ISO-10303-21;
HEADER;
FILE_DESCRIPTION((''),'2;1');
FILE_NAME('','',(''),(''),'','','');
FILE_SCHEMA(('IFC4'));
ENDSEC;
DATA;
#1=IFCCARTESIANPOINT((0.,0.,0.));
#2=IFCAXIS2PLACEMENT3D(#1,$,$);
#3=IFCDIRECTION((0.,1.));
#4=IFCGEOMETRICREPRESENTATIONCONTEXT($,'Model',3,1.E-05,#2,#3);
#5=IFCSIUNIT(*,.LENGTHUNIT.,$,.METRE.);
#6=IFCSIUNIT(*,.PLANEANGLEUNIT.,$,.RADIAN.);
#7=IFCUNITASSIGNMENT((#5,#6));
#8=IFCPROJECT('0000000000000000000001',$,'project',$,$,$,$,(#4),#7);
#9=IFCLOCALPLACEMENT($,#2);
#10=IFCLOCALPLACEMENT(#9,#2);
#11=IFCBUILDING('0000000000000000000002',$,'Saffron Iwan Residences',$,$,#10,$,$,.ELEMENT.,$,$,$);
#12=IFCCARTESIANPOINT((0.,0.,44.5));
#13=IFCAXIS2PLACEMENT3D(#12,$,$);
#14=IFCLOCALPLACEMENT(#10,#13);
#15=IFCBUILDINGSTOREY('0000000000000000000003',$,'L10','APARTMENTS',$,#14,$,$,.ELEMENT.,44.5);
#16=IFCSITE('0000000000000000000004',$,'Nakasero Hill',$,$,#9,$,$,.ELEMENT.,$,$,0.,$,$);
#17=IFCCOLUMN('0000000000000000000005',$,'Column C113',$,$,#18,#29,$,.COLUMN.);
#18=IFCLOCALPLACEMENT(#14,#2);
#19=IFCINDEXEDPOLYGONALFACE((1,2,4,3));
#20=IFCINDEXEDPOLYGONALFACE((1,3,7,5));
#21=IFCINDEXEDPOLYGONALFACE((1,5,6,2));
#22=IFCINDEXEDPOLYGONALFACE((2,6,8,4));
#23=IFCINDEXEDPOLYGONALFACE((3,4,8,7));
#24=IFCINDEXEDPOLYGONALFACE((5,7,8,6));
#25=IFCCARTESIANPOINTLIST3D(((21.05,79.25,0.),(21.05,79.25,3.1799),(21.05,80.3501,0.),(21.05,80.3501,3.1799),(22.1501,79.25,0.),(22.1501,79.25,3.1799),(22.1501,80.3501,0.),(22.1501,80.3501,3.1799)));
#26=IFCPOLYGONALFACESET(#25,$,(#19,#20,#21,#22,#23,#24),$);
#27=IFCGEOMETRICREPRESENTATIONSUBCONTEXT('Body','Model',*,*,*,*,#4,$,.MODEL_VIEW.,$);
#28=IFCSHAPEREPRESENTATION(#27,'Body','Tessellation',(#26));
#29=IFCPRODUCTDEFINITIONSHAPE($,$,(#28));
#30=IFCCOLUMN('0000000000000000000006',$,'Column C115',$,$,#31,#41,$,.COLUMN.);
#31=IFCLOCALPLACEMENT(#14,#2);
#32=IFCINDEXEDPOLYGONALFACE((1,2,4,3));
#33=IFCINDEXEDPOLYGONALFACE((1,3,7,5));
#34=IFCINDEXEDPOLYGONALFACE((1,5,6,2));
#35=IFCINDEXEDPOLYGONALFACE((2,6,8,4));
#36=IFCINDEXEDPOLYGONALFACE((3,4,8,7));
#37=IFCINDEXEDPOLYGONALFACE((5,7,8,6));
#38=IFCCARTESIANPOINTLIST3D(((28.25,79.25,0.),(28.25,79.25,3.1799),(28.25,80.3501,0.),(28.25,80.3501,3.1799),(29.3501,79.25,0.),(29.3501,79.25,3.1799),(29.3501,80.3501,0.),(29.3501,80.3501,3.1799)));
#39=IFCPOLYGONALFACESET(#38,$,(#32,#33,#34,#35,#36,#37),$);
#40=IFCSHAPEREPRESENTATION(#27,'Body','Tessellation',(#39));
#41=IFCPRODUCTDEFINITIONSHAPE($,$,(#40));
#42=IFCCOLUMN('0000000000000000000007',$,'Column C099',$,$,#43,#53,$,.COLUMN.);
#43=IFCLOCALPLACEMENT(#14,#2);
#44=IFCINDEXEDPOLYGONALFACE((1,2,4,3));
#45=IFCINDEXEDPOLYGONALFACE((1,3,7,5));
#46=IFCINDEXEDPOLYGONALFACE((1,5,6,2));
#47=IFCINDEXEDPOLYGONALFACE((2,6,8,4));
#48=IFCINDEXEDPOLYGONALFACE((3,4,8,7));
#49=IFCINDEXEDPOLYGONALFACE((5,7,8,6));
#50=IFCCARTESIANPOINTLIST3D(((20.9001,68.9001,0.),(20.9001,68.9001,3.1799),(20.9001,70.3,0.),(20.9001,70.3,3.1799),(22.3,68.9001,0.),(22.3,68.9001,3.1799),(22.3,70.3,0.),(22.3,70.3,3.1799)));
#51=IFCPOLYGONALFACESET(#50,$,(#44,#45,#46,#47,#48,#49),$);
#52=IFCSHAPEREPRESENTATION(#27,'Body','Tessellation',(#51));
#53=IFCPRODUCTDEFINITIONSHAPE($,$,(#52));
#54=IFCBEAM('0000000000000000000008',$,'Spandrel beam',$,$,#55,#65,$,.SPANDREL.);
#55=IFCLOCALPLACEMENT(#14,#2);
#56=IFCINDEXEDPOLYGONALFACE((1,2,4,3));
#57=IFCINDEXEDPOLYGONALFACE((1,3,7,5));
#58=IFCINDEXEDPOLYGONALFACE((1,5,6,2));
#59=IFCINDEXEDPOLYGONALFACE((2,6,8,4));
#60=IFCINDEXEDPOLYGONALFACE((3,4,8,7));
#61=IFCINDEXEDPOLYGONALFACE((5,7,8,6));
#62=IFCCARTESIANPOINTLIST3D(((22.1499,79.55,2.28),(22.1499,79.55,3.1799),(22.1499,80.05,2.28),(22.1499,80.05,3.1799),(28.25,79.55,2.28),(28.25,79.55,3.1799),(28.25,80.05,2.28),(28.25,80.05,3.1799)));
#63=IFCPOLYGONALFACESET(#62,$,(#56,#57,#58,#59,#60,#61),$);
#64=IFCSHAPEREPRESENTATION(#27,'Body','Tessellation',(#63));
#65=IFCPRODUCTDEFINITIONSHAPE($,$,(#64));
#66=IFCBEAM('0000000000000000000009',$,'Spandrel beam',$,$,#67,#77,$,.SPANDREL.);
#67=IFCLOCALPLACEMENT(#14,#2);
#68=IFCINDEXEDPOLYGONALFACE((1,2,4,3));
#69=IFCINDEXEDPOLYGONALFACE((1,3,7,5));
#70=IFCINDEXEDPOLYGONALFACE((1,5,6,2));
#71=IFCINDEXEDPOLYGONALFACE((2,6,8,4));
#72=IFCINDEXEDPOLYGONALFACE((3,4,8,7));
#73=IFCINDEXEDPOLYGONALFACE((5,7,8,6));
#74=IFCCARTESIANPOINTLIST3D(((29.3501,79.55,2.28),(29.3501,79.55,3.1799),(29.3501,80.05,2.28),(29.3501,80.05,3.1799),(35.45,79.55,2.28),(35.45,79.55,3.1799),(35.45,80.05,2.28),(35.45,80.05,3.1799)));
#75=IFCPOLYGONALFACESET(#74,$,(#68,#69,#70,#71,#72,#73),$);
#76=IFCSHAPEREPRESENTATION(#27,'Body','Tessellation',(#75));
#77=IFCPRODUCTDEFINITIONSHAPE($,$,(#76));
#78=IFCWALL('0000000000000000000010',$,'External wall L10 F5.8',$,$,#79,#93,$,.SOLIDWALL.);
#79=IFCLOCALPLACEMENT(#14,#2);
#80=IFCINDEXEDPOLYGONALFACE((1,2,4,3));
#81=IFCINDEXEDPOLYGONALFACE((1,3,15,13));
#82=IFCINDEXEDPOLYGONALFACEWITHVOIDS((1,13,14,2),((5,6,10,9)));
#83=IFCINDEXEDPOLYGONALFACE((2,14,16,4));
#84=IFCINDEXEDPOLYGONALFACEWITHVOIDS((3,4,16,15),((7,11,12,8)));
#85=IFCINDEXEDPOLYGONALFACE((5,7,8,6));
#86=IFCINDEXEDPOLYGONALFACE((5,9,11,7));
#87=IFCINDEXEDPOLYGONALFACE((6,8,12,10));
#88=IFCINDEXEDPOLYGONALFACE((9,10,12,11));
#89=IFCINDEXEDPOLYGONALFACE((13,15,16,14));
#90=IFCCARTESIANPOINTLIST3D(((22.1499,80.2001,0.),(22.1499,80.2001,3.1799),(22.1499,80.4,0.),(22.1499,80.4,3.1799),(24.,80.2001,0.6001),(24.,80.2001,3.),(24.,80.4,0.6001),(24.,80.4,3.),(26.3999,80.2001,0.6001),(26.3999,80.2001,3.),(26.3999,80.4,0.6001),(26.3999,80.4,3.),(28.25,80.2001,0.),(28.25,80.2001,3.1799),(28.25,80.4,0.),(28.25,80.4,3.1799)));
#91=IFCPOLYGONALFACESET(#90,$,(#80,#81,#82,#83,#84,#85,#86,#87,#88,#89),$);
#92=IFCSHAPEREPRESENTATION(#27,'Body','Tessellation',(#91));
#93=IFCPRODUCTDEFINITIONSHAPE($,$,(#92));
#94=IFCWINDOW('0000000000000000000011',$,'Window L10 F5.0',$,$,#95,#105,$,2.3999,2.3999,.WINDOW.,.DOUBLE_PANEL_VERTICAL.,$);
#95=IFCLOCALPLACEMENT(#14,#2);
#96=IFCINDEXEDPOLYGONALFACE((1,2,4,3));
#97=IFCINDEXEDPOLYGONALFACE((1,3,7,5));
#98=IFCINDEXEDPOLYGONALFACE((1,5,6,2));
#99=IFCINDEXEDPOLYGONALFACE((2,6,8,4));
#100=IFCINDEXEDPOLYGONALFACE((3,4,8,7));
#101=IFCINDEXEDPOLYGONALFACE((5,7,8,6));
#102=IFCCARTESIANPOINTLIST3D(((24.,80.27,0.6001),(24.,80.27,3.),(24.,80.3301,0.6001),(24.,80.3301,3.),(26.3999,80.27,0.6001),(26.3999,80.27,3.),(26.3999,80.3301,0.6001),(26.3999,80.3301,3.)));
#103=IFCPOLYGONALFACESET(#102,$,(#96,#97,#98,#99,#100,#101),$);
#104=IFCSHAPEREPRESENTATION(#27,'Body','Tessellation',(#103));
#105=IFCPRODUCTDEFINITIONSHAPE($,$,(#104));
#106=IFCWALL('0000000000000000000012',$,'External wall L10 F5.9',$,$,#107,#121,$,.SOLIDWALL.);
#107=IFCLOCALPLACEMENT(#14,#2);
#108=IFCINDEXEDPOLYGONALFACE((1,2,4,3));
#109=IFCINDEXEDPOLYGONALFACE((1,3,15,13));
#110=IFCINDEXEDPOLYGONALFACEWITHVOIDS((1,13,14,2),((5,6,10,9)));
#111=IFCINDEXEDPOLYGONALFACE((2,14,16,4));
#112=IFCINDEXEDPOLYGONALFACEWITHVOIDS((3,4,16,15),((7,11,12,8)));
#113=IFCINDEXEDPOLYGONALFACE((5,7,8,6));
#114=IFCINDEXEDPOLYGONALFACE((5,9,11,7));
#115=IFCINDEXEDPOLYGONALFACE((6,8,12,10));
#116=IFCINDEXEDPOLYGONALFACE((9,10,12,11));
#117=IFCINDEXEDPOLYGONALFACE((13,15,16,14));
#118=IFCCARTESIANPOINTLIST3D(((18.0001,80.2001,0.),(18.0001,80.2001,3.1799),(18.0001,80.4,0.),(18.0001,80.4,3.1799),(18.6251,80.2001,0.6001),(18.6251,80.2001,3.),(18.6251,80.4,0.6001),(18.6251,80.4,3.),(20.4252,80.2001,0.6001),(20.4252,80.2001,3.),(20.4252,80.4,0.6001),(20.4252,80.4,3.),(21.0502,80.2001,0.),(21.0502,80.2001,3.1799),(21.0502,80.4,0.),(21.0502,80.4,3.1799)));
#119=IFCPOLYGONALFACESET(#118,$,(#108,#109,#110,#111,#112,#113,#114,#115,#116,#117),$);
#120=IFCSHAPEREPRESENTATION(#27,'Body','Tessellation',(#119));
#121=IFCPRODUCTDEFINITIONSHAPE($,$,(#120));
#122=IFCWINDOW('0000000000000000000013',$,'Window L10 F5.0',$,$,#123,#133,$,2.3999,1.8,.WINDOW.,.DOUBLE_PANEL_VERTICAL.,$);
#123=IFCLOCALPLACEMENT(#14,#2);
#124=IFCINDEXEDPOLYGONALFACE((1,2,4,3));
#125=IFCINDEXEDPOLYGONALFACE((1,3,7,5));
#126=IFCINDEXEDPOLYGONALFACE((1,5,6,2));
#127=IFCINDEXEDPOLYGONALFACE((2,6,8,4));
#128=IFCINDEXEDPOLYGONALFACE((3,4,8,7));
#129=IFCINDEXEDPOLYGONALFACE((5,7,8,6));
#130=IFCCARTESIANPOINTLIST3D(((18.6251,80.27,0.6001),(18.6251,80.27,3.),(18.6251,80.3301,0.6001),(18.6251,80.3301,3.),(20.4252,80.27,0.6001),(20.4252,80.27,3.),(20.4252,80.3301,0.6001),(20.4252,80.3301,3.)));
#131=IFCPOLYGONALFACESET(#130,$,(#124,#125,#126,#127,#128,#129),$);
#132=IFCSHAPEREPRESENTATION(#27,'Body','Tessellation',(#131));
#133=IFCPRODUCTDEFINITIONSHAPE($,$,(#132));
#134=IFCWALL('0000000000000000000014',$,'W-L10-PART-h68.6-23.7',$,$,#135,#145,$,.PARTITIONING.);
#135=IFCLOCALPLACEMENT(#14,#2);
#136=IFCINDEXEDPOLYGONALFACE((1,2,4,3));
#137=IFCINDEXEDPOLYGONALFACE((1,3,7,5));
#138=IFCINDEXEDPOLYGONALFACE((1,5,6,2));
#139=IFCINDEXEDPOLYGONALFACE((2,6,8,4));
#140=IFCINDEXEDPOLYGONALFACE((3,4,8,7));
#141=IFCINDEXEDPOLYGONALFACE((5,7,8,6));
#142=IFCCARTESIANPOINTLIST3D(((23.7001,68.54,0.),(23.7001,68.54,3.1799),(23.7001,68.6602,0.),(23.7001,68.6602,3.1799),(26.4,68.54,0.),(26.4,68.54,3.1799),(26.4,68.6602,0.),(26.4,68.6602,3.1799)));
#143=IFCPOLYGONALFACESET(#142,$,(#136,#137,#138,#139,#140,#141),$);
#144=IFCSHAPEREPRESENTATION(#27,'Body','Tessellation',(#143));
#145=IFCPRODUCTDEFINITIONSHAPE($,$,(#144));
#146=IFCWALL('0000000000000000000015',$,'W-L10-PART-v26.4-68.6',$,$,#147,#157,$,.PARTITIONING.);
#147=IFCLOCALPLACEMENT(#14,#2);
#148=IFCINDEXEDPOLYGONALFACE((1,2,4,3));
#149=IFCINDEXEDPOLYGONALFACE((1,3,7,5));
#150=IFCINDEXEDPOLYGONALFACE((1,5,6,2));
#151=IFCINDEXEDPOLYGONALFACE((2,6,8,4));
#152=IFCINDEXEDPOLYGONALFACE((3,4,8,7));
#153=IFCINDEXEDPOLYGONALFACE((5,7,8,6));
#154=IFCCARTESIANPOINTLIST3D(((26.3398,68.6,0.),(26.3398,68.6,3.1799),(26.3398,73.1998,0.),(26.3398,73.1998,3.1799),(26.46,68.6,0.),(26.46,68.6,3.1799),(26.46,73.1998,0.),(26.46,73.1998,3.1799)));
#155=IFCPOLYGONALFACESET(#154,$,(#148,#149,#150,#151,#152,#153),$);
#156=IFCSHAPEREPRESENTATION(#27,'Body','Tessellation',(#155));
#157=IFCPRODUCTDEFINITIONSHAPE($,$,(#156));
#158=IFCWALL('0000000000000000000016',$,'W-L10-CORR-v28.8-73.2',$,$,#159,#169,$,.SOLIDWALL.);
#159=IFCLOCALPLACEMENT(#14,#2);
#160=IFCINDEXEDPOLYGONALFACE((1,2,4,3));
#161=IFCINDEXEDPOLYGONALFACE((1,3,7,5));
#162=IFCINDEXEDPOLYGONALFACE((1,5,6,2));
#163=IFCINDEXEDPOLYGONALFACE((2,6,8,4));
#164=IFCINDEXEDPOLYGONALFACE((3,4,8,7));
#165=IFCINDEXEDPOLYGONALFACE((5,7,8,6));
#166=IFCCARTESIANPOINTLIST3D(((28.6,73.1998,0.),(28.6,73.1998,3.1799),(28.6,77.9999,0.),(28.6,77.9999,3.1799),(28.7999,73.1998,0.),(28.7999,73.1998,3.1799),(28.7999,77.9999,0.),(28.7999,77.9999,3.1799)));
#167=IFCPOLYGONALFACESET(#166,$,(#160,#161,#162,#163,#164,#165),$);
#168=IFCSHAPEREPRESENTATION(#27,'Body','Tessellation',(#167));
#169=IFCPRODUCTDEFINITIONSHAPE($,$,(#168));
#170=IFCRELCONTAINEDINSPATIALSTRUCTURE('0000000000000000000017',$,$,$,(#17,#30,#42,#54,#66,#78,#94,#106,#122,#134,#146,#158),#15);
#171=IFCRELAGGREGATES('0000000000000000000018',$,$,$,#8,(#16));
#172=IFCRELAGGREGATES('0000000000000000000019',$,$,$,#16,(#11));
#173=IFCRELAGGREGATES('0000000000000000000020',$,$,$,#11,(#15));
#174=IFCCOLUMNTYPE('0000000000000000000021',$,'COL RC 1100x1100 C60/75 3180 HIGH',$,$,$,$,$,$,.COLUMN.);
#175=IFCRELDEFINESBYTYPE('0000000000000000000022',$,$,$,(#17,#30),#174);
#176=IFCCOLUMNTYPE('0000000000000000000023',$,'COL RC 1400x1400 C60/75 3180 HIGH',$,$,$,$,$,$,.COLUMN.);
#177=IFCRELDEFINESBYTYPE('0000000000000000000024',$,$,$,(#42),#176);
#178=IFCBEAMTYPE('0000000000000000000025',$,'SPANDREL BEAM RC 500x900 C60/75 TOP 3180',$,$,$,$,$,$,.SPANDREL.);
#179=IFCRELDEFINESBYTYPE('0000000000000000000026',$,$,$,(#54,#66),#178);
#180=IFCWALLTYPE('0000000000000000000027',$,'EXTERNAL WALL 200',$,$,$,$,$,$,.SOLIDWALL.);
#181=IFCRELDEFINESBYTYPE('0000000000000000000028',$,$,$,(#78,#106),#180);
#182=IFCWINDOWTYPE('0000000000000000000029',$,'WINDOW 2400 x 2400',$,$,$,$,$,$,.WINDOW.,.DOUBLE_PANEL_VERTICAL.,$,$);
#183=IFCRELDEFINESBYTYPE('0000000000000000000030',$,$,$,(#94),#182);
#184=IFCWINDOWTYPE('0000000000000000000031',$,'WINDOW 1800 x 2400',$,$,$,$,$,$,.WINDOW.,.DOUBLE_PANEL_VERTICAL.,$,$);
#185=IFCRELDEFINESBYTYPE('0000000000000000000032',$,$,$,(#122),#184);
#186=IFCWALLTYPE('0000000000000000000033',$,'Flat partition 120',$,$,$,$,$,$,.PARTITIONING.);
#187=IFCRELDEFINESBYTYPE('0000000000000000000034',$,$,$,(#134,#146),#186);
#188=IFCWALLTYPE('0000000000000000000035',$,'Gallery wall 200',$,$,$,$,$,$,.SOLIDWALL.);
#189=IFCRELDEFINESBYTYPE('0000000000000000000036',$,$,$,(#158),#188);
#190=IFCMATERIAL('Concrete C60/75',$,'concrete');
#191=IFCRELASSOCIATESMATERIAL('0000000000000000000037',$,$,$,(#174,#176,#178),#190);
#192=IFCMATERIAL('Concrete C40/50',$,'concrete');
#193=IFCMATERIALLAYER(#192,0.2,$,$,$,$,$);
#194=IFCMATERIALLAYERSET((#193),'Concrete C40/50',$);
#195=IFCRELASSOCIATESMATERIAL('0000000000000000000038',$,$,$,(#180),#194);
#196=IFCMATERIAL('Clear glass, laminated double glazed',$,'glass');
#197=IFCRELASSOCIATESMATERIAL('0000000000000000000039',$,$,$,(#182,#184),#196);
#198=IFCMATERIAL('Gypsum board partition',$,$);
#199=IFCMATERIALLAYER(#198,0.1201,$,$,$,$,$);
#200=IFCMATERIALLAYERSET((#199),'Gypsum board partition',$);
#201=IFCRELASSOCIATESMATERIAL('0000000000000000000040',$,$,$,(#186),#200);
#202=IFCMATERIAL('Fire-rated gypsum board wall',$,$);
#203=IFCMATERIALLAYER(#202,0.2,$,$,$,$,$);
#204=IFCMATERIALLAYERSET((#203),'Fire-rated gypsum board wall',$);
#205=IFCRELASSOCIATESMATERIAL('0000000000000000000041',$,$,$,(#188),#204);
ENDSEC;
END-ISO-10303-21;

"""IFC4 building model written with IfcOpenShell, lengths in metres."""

from ifc_helpers import new_model, si_unit, direction, frame, frame_2d, origin, origin_2d, place, context, subcontext, project, spatial, rectangle, extrude, source, transform, mapped, material, layer, layer_set, material_profile, profile_set, type_object, element, fill, save


model = new_model("IFC4")

# Units and contexts
model_context = context("Model", 3, precision=1e-05, world=origin(), true_north=direction((0.0, 1.0)))
body_context = subcontext(model_context, "Body", "Model", "MODEL_VIEW")
ifc_project = project(units=[si_unit("LENGTHUNIT", "METRE"), si_unit("PLANEANGLEUNIT", "RADIAN")], contexts=[model_context])

# Site, building, storey
site_placement = place(None, origin())
site = spatial("IfcSite", under=ifc_project, at=site_placement, Name="Nakasero Hill", CompositionType="ELEMENT", RefElevation=0.0)
building_placement = place(site_placement, origin())
building = spatial("IfcBuilding", under=site, at=building_placement, Name="Saffron Iwan Residences", CompositionType="ELEMENT")
storey_placement = place(building_placement, frame((0.0, 0.0, 44.5)))
storey = spatial("IfcBuildingStorey", under=building, at=storey_placement, Name="L10", Description="APARTMENTS", CompositionType="ELEMENT", Elevation=44.5)

# Columns
ifc_material_1 = material(Name="Concrete C60/75", Category="concrete")
ifc_material_profile_1 = material_profile(ifc_material_1, rectangle(XDim=1.1001, YDim=1.1001, at=origin_2d()), Name="RC 1100x1100")
ifc_profile_set_1 = profile_set([ifc_material_profile_1], Name="Concrete C60/75")
column_type_1 = type_object("IfcColumnType", Name="COL RC 1100x1100 C60/75 3180 HIGH", PredefinedType="COLUMN", material=ifc_profile_set_1)
shared_shape_1 = source(origin(), body_context, "Body", "SweptSolid", [
    extrude(rectangle(XDim=1.1001, YDim=1.1001, at=origin_2d()), origin(), (0.0, 0.0, 1.0), 3.1799),
])
for number, where, z_axis, x_axis, name in (
    (1, (21.6001, 79.8, 0.0), (0.0, 0.0, 1.0), (1.0, 0.0, 0.0), "Column C113"),
    (2, (28.8, 79.8, 0.0), (0.0, 0.0, 1.0), (1.0, 0.0, 0.0), "Column C115"),
):
    element("IfcColumn", number, at=place(storey_placement, frame(where, z_axis=z_axis, x_axis=x_axis)), inside=storey, type_object=column_type_1, Name=name, PredefinedType="COLUMN", context=body_context, shape_type="MappedRepresentation", body=[
        mapped(shared_shape_1, transform((0.0, 0.0, 0.0))),
    ])
ifc_material_profile_2 = material_profile(ifc_material_1, rectangle(XDim=1.3999, YDim=1.3999, at=origin_2d()), Name="RC 1400x1400")
ifc_profile_set_2 = profile_set([ifc_material_profile_2], Name="Concrete C60/75")
column_type_2 = type_object("IfcColumnType", Name="COL RC 1400x1400 C60/75 3180 HIGH", PredefinedType="COLUMN", material=ifc_profile_set_2)
shared_shape_2 = source(origin(), body_context, "Body", "SweptSolid", [
    extrude(rectangle(XDim=1.3999, YDim=1.3999, at=origin_2d()), origin(), (0.0, 0.0, 1.0), 3.1799),
])
column_placement = place(storey_placement, frame((21.6001, 69.6001, 0.0), z_axis=(0.0, 0.0, 1.0), x_axis=(1.0, 0.0, 0.0)))
element("IfcColumn", 3, at=column_placement, inside=storey, type_object=column_type_2, Name="Column C099", PredefinedType="COLUMN", context=body_context, shape_type="MappedRepresentation", body=[
    mapped(shared_shape_2, transform((0.0, 0.0, 0.0))),
])

# Beams
ifc_material_profile_3 = material_profile(ifc_material_1, rectangle(XDim=0.5, YDim=0.8999, at=origin_2d()), Name="RC 500x900")
ifc_profile_set_3 = profile_set([ifc_material_profile_3], Name="Concrete C60/75")
beam_type = type_object("IfcBeamType", Name="SPANDREL BEAM RC 500x900 C60/75 TOP 3180", PredefinedType="SPANDREL", material=ifc_profile_set_3)
shared_shape_3 = source(origin(), body_context, "Body", "SweptSolid", [
    extrude(rectangle(XDim=0.5, YDim=0.8999, at=origin_2d()), origin(), (0.0, 0.0, 1.0), 6.1001),
])
beam_1_placement = place(storey_placement, frame((22.1499, 79.8, 2.73), z_axis=(1.0, 0.0, 0.0), x_axis=(0.0, 1.0, 0.0)))
element("IfcBeam", 4, at=beam_1_placement, inside=storey, type_object=beam_type, Name="Spandrel beam", PredefinedType="SPANDREL", context=body_context, shape_type="MappedRepresentation", body=[
    mapped(shared_shape_3, transform((0.0, 0.0, 0.0))),
])
shared_shape_4 = source(origin(), body_context, "Body", "SweptSolid", [
    extrude(rectangle(XDim=0.5, YDim=0.8999, at=origin_2d()), origin(), (0.0, 0.0, 1.0), 6.0999),
])
beam_2_placement = place(storey_placement, frame((29.3501, 79.8, 2.73), z_axis=(1.0, 0.0, 0.0), x_axis=(0.0, 1.0, 0.0)))
element("IfcBeam", 5, at=beam_2_placement, inside=storey, type_object=beam_type, Name="Spandrel beam", PredefinedType="SPANDREL", context=body_context, shape_type="MappedRepresentation", body=[
    mapped(shared_shape_4, transform((0.0, 0.0, 0.0))),
])

# Walls, openings, windows
ifc_material_2 = material(Name="Concrete C40/50", Category="concrete")
ifc_layer_1 = layer(ifc_material_2, 0.2)
ifc_layer_set_1 = layer_set([ifc_layer_1], Name="Concrete C40/50")
wall_type_1 = type_object("IfcWallType", Name="EXTERNAL WALL 200", PredefinedType="SOLIDWALL", material=ifc_layer_set_1)
wall_1_placement = place(storey_placement, frame((28.25, 80.3, 0.0), z_axis=(0.0, 0.0, 1.0), x_axis=(-1.0, 0.0, 0.0)))
wall_1 = element("IfcWall", 6, at=wall_1_placement, inside=storey, type_object=wall_type_1, Name="External wall L10 F5.8", PredefinedType="SOLIDWALL", context=body_context, shape_type="SweptSolid", body=[
    extrude(rectangle(XDim=6.1001, YDim=0.2, at=frame_2d((3.05, 0.0))), origin(), (0.0, 0.0, 1.0), 3.1799),
])
opening_1_placement = place(wall_1_placement, frame((1.8501, 0.0, 0.6001)))
opening_1 = element("IfcOpeningElement", 7, at=opening_1_placement, cuts=wall_1, PredefinedType="OPENING", context=body_context, shape_type="SweptSolid", body=[
    extrude(rectangle(XDim=2.3999, YDim=2.3999, at=frame_2d((1.2, 1.2))), frame((0.0, 0.1099, 0.0), z_axis=(0.0, -1.0, 0.0), x_axis=(1.0, 0.0, 0.0)), (0.0, 0.0, 1.0), 0.22),
])
ifc_material_3 = material(Name="Clear glass, laminated double glazed", Category="glass")
window_type_1 = type_object("IfcWindowType", Name="WINDOW 2400 x 2400", PartitioningType="DOUBLE_PANEL_VERTICAL", PredefinedType="WINDOW", material=ifc_material_3)
window_1_placement = place(opening_1_placement, origin())
window_1 = element("IfcWindow", 8, at=window_1_placement, inside=storey, type_object=window_type_1, Name="Window L10 F5.0", OverallHeight=2.3999, OverallWidth=2.3999, PartitioningType="DOUBLE_PANEL_VERTICAL", PredefinedType="WINDOW", context=body_context, shape_type="SweptSolid", body=[
    extrude(rectangle(XDim=2.3999, YDim=2.3999, at=frame_2d((1.2, 1.2))), frame((0.0, 0.03, 0.0), z_axis=(0.0, -1.0, 0.0), x_axis=(1.0, 0.0, 0.0)), (0.0, 0.0, 1.0), 0.0601),
])
fill(opening_1, window_1)
wall_2_placement = place(storey_placement, frame((21.05, 80.3, 0.0), z_axis=(0.0, 0.0, 1.0), x_axis=(-1.0, 0.0, 0.0)))
wall_2 = element("IfcWall", 9, at=wall_2_placement, inside=storey, type_object=wall_type_1, Name="External wall L10 F5.9", PredefinedType="SOLIDWALL", context=body_context, shape_type="SweptSolid", body=[
    extrude(rectangle(XDim=3.05, YDim=0.2, at=frame_2d((1.5249, 0.0))), origin(), (0.0, 0.0, 1.0), 3.1799),
])
opening_2_placement = place(wall_2_placement, frame((0.625, 0.0, 0.6001)))
opening_2 = element("IfcOpeningElement", 10, at=opening_2_placement, cuts=wall_2, PredefinedType="OPENING", context=body_context, shape_type="SweptSolid", body=[
    extrude(rectangle(XDim=1.8, YDim=2.3999, at=frame_2d((0.8999, 1.2))), frame((0.0, 0.1099, 0.0), z_axis=(0.0, -1.0, 0.0), x_axis=(1.0, 0.0, 0.0)), (0.0, 0.0, 1.0), 0.22),
])
window_type_2 = type_object("IfcWindowType", Name="WINDOW 1800 x 2400", PartitioningType="DOUBLE_PANEL_VERTICAL", PredefinedType="WINDOW", material=ifc_material_3)
window_2_placement = place(opening_2_placement, origin())
window_2 = element("IfcWindow", 11, at=window_2_placement, inside=storey, type_object=window_type_2, Name="Window L10 F5.0", OverallHeight=2.3999, OverallWidth=1.8, PartitioningType="DOUBLE_PANEL_VERTICAL", PredefinedType="WINDOW", context=body_context, shape_type="SweptSolid", body=[
    extrude(rectangle(XDim=1.8, YDim=2.3999, at=frame_2d((0.8999, 1.2))), frame((0.0, 0.03, 0.0), z_axis=(0.0, -1.0, 0.0), x_axis=(1.0, 0.0, 0.0)), (0.0, 0.0, 1.0), 0.0601),
])
fill(opening_2, window_2)

# Walls
ifc_material_4 = material(Name="Gypsum board partition")
ifc_layer_2 = layer(ifc_material_4, 0.1201)
ifc_layer_set_2 = layer_set([ifc_layer_2], Name="Gypsum board partition")
wall_type_2 = type_object("IfcWallType", Name="Flat partition 120", PredefinedType="PARTITIONING", material=ifc_layer_set_2)
wall_3_placement = place(storey_placement, frame((23.7, 68.6001, 0.0), z_axis=(0.0, 0.0, 1.0), x_axis=(1.0, 0.0, 0.0)))
element("IfcWall", 12, at=wall_3_placement, inside=storey, type_object=wall_type_2, Name="W-L10-PART-h68.6-23.7", PredefinedType="PARTITIONING", context=body_context, shape_type="SweptSolid", body=[
    extrude(rectangle(XDim=2.7, YDim=0.1201, at=frame_2d((1.3501, 0.0))), origin(), (0.0, 0.0, 1.0), 3.1799),
])
wall_4_placement = place(storey_placement, frame((26.3999, 68.6001, 0.0), z_axis=(0.0, 0.0, 1.0), x_axis=(0.0, 1.0, 0.0)))
element("IfcWall", 13, at=wall_4_placement, inside=storey, type_object=wall_type_2, Name="W-L10-PART-v26.4-68.6", PredefinedType="PARTITIONING", context=body_context, shape_type="SweptSolid", body=[
    extrude(rectangle(XDim=4.5999, YDim=0.1201, at=frame_2d((2.2998, 0.0))), origin(), (0.0, 0.0, 1.0), 3.1799),
])
ifc_material_5 = material(Name="Fire-rated gypsum board wall")
ifc_layer_3 = layer(ifc_material_5, 0.2)
ifc_layer_set_3 = layer_set([ifc_layer_3], Name="Fire-rated gypsum board wall")
wall_type_3 = type_object("IfcWallType", Name="Gallery wall 200", PredefinedType="SOLIDWALL", material=ifc_layer_set_3)
wall_5_placement = place(storey_placement, frame((28.7, 73.2, 0.0), z_axis=(0.0, 0.0, 1.0), x_axis=(0.0, 1.0, 0.0)))
element("IfcWall", 14, at=wall_5_placement, inside=storey, type_object=wall_type_3, Name="W-L10-CORR-v28.8-73.2", PredefinedType="SOLIDWALL", context=body_context, shape_type="SweptSolid", body=[
    extrude(rectangle(XDim=4.8, YDim=0.2, at=frame_2d((2.3999, 0.0))), origin(), (0.0, 0.0, 1.0), 3.1799),
])

save(model, "model.ifc")
